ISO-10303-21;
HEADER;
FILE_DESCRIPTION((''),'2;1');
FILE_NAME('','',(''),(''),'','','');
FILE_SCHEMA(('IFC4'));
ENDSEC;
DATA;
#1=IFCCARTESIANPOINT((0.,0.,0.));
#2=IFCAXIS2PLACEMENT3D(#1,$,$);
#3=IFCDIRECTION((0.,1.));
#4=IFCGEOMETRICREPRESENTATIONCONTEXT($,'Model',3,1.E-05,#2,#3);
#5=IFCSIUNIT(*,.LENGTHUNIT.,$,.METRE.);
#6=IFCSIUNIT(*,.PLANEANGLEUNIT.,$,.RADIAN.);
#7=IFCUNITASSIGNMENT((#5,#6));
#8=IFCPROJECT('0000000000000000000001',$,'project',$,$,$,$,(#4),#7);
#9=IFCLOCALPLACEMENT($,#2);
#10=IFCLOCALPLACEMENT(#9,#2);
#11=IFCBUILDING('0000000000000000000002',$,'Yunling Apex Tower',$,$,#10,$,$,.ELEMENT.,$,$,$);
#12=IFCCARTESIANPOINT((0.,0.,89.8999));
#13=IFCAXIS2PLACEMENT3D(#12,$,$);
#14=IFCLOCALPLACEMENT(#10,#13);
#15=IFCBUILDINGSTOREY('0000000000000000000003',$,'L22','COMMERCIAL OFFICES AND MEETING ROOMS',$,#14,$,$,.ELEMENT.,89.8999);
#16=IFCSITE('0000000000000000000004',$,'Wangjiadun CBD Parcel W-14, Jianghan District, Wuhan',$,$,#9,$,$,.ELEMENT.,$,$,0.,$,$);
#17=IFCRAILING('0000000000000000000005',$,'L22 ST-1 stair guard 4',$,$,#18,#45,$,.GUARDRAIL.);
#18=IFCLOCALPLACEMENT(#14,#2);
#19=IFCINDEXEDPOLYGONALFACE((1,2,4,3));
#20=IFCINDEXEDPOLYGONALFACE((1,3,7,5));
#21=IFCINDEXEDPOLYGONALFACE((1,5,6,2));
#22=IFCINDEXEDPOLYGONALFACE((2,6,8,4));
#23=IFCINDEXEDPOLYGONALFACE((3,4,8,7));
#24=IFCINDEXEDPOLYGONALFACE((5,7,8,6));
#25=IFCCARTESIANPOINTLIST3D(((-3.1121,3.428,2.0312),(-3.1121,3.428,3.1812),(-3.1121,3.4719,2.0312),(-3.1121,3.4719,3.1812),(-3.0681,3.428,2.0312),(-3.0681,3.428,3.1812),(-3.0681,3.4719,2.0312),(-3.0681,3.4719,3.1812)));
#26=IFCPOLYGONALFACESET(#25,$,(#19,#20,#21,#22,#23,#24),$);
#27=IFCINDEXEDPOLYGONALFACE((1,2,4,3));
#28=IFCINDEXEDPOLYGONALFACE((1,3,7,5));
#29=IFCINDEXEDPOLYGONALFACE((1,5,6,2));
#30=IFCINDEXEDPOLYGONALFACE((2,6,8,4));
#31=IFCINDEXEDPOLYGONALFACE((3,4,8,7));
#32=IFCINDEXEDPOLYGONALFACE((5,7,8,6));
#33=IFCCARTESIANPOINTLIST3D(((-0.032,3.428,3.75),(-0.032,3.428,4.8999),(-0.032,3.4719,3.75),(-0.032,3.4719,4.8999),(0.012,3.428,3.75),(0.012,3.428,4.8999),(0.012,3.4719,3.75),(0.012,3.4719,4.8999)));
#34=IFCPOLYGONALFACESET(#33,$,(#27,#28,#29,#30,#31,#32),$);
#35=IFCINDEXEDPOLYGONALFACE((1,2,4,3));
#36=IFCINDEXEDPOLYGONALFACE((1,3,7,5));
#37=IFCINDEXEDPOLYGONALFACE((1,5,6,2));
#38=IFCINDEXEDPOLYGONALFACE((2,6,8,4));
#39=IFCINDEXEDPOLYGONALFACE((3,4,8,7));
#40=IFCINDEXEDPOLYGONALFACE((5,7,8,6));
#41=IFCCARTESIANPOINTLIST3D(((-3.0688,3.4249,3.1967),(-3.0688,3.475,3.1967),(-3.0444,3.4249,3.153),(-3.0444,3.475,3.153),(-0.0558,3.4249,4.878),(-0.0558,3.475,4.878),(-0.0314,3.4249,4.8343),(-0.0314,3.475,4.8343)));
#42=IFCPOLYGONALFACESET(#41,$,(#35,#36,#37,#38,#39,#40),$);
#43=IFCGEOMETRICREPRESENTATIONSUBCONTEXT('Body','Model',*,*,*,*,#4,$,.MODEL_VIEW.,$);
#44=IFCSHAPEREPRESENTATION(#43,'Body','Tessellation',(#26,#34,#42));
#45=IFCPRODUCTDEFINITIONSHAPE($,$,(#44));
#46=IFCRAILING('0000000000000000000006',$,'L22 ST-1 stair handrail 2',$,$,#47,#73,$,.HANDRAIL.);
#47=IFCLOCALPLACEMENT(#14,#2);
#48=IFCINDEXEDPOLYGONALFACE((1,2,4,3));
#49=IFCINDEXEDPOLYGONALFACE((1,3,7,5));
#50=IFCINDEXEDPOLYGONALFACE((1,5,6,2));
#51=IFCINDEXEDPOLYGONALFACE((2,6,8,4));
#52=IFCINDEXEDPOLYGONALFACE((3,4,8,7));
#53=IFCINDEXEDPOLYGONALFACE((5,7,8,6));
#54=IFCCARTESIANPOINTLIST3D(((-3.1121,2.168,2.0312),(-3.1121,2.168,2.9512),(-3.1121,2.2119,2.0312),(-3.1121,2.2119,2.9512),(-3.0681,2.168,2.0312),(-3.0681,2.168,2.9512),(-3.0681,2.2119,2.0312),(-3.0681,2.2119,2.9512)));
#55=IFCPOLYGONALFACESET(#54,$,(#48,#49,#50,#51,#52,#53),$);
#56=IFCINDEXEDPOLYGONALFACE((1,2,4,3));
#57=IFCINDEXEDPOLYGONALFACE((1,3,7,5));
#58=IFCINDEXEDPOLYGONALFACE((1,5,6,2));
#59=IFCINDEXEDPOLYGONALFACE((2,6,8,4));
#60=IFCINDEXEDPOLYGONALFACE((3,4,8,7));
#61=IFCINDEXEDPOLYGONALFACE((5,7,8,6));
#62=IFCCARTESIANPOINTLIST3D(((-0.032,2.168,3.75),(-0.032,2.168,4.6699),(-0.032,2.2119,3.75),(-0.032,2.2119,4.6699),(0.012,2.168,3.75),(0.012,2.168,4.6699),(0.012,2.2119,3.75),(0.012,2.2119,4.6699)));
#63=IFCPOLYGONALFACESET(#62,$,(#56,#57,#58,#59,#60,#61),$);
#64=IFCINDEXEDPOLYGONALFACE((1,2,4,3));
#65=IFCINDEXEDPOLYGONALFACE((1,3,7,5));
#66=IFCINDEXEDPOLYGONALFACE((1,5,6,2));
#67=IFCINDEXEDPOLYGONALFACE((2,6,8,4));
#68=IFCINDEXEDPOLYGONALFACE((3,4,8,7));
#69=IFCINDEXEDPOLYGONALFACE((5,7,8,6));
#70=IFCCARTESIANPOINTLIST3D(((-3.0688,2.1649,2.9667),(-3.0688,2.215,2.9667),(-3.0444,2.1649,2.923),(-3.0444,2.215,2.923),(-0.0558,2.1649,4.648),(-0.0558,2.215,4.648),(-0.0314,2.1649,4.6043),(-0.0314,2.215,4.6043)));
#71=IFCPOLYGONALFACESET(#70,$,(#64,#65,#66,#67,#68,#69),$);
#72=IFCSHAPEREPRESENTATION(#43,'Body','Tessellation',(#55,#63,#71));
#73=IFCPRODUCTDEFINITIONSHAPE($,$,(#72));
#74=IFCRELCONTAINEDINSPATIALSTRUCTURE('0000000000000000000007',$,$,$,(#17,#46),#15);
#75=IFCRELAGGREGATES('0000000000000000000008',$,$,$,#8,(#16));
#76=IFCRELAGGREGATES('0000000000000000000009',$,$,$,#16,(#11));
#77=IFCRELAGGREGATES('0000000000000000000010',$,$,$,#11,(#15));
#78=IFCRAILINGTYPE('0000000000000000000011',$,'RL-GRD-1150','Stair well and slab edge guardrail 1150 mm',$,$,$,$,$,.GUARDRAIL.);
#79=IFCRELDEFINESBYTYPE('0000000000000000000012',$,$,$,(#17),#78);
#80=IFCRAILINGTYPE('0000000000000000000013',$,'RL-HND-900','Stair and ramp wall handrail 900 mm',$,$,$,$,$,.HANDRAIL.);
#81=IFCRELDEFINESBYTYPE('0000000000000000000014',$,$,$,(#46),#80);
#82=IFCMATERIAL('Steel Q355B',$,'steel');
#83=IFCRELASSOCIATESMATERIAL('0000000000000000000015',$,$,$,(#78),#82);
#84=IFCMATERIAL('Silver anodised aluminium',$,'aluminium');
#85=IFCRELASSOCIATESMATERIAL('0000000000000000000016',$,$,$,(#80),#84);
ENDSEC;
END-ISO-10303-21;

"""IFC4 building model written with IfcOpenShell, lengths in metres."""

from ifc_helpers import new_model, si_unit, direction, frame, origin, origin_2d, place, context, subcontext, project, spatial, rectangle, extrude, material, type_object, element, save


model = new_model("IFC4")

# Units and contexts
model_context = context("Model", 3, precision=1e-05, world=origin(), true_north=direction((0.0, 1.0)))
body_context = subcontext(model_context, "Body", "Model", "MODEL_VIEW")
ifc_project = project(units=[si_unit("LENGTHUNIT", "METRE"), si_unit("PLANEANGLEUNIT", "RADIAN")], contexts=[model_context])

# Site, building, storey
site_placement = place(None, origin())
site = spatial("IfcSite", under=ifc_project, at=site_placement, Name="Wangjiadun CBD Parcel W-14, Jianghan District, Wuhan", CompositionType="ELEMENT", RefElevation=0.0)
building_placement = place(site_placement, origin())
building = spatial("IfcBuilding", under=site, at=building_placement, Name="Yunling Apex Tower", CompositionType="ELEMENT")
storey_placement = place(building_placement, frame((0.0, 0.0, 89.8999)))
storey = spatial("IfcBuildingStorey", under=building, at=storey_placement, Name="L22", Description="COMMERCIAL OFFICES AND MEETING ROOMS", CompositionType="ELEMENT", Elevation=89.8999)

# Shared definitions
ifc_material_1 = material(Name="Steel Q355B", Category="steel")

# Shared definitions
ifc_material_2 = material(Name="Silver anodised aluminium", Category="aluminium")

# Railings
railing_type_1 = type_object("IfcRailingType", Name="RL-GRD-1150", Description="Stair well and slab edge guardrail 1150 mm", PredefinedType="GUARDRAIL", material=ifc_material_1)
railing_1_placement = place(storey_placement, frame((-3.0901, 3.45, 2.0312)))
element("IfcRailing", 1, at=railing_1_placement, inside=storey, type_object=railing_type_1, Name="L22 ST-1 stair guard 4", PredefinedType="GUARDRAIL", context=body_context, shape_type="SweptSolid", body=[
    extrude(rectangle(XDim=0.0439, YDim=0.0439, at=origin_2d()), origin(), (0.0, 0.0, 1.0), 1.1499),
    extrude(rectangle(XDim=0.0439, YDim=0.0439, at=origin_2d()), frame((3.0801, 0.0, 1.7188)), (0.0, 0.0, 1.0), 1.1499),
    extrude(rectangle(XDim=0.05, YDim=0.05, at=origin_2d()), frame((0.0334, 0.0, 1.1436), z_axis=(0.873242, 0.0, 0.487288), x_axis=(0.0, 1.0, 0.0)), (0.0, 0.0, 1.0), 3.4504),
])
railing_type_2 = type_object("IfcRailingType", Name="RL-HND-900", Description="Stair and ramp wall handrail 900 mm", PredefinedType="HANDRAIL", material=ifc_material_2)
railing_2_placement = place(storey_placement, frame((-3.0901, 2.1899, 2.0312)))
element("IfcRailing", 2, at=railing_2_placement, inside=storey, type_object=railing_type_2, Name="L22 ST-1 stair handrail 2", PredefinedType="HANDRAIL", context=body_context, shape_type="SweptSolid", body=[
    extrude(rectangle(XDim=0.0439, YDim=0.0439, at=origin_2d()), origin(), (0.0, 0.0, 1.0), 0.9199),
    extrude(rectangle(XDim=0.0439, YDim=0.0439, at=origin_2d()), frame((3.0801, 0.0, 1.7188)), (0.0, 0.0, 1.0), 0.9199),
    extrude(rectangle(XDim=0.05, YDim=0.05, at=origin_2d()), frame((0.0334, 0.0, 0.9136), z_axis=(0.873242, 0.0, 0.487288), x_axis=(0.0, 1.0, 0.0)), (0.0, 0.0, 1.0), 3.4504),
])

save(model, "model.ifc")
